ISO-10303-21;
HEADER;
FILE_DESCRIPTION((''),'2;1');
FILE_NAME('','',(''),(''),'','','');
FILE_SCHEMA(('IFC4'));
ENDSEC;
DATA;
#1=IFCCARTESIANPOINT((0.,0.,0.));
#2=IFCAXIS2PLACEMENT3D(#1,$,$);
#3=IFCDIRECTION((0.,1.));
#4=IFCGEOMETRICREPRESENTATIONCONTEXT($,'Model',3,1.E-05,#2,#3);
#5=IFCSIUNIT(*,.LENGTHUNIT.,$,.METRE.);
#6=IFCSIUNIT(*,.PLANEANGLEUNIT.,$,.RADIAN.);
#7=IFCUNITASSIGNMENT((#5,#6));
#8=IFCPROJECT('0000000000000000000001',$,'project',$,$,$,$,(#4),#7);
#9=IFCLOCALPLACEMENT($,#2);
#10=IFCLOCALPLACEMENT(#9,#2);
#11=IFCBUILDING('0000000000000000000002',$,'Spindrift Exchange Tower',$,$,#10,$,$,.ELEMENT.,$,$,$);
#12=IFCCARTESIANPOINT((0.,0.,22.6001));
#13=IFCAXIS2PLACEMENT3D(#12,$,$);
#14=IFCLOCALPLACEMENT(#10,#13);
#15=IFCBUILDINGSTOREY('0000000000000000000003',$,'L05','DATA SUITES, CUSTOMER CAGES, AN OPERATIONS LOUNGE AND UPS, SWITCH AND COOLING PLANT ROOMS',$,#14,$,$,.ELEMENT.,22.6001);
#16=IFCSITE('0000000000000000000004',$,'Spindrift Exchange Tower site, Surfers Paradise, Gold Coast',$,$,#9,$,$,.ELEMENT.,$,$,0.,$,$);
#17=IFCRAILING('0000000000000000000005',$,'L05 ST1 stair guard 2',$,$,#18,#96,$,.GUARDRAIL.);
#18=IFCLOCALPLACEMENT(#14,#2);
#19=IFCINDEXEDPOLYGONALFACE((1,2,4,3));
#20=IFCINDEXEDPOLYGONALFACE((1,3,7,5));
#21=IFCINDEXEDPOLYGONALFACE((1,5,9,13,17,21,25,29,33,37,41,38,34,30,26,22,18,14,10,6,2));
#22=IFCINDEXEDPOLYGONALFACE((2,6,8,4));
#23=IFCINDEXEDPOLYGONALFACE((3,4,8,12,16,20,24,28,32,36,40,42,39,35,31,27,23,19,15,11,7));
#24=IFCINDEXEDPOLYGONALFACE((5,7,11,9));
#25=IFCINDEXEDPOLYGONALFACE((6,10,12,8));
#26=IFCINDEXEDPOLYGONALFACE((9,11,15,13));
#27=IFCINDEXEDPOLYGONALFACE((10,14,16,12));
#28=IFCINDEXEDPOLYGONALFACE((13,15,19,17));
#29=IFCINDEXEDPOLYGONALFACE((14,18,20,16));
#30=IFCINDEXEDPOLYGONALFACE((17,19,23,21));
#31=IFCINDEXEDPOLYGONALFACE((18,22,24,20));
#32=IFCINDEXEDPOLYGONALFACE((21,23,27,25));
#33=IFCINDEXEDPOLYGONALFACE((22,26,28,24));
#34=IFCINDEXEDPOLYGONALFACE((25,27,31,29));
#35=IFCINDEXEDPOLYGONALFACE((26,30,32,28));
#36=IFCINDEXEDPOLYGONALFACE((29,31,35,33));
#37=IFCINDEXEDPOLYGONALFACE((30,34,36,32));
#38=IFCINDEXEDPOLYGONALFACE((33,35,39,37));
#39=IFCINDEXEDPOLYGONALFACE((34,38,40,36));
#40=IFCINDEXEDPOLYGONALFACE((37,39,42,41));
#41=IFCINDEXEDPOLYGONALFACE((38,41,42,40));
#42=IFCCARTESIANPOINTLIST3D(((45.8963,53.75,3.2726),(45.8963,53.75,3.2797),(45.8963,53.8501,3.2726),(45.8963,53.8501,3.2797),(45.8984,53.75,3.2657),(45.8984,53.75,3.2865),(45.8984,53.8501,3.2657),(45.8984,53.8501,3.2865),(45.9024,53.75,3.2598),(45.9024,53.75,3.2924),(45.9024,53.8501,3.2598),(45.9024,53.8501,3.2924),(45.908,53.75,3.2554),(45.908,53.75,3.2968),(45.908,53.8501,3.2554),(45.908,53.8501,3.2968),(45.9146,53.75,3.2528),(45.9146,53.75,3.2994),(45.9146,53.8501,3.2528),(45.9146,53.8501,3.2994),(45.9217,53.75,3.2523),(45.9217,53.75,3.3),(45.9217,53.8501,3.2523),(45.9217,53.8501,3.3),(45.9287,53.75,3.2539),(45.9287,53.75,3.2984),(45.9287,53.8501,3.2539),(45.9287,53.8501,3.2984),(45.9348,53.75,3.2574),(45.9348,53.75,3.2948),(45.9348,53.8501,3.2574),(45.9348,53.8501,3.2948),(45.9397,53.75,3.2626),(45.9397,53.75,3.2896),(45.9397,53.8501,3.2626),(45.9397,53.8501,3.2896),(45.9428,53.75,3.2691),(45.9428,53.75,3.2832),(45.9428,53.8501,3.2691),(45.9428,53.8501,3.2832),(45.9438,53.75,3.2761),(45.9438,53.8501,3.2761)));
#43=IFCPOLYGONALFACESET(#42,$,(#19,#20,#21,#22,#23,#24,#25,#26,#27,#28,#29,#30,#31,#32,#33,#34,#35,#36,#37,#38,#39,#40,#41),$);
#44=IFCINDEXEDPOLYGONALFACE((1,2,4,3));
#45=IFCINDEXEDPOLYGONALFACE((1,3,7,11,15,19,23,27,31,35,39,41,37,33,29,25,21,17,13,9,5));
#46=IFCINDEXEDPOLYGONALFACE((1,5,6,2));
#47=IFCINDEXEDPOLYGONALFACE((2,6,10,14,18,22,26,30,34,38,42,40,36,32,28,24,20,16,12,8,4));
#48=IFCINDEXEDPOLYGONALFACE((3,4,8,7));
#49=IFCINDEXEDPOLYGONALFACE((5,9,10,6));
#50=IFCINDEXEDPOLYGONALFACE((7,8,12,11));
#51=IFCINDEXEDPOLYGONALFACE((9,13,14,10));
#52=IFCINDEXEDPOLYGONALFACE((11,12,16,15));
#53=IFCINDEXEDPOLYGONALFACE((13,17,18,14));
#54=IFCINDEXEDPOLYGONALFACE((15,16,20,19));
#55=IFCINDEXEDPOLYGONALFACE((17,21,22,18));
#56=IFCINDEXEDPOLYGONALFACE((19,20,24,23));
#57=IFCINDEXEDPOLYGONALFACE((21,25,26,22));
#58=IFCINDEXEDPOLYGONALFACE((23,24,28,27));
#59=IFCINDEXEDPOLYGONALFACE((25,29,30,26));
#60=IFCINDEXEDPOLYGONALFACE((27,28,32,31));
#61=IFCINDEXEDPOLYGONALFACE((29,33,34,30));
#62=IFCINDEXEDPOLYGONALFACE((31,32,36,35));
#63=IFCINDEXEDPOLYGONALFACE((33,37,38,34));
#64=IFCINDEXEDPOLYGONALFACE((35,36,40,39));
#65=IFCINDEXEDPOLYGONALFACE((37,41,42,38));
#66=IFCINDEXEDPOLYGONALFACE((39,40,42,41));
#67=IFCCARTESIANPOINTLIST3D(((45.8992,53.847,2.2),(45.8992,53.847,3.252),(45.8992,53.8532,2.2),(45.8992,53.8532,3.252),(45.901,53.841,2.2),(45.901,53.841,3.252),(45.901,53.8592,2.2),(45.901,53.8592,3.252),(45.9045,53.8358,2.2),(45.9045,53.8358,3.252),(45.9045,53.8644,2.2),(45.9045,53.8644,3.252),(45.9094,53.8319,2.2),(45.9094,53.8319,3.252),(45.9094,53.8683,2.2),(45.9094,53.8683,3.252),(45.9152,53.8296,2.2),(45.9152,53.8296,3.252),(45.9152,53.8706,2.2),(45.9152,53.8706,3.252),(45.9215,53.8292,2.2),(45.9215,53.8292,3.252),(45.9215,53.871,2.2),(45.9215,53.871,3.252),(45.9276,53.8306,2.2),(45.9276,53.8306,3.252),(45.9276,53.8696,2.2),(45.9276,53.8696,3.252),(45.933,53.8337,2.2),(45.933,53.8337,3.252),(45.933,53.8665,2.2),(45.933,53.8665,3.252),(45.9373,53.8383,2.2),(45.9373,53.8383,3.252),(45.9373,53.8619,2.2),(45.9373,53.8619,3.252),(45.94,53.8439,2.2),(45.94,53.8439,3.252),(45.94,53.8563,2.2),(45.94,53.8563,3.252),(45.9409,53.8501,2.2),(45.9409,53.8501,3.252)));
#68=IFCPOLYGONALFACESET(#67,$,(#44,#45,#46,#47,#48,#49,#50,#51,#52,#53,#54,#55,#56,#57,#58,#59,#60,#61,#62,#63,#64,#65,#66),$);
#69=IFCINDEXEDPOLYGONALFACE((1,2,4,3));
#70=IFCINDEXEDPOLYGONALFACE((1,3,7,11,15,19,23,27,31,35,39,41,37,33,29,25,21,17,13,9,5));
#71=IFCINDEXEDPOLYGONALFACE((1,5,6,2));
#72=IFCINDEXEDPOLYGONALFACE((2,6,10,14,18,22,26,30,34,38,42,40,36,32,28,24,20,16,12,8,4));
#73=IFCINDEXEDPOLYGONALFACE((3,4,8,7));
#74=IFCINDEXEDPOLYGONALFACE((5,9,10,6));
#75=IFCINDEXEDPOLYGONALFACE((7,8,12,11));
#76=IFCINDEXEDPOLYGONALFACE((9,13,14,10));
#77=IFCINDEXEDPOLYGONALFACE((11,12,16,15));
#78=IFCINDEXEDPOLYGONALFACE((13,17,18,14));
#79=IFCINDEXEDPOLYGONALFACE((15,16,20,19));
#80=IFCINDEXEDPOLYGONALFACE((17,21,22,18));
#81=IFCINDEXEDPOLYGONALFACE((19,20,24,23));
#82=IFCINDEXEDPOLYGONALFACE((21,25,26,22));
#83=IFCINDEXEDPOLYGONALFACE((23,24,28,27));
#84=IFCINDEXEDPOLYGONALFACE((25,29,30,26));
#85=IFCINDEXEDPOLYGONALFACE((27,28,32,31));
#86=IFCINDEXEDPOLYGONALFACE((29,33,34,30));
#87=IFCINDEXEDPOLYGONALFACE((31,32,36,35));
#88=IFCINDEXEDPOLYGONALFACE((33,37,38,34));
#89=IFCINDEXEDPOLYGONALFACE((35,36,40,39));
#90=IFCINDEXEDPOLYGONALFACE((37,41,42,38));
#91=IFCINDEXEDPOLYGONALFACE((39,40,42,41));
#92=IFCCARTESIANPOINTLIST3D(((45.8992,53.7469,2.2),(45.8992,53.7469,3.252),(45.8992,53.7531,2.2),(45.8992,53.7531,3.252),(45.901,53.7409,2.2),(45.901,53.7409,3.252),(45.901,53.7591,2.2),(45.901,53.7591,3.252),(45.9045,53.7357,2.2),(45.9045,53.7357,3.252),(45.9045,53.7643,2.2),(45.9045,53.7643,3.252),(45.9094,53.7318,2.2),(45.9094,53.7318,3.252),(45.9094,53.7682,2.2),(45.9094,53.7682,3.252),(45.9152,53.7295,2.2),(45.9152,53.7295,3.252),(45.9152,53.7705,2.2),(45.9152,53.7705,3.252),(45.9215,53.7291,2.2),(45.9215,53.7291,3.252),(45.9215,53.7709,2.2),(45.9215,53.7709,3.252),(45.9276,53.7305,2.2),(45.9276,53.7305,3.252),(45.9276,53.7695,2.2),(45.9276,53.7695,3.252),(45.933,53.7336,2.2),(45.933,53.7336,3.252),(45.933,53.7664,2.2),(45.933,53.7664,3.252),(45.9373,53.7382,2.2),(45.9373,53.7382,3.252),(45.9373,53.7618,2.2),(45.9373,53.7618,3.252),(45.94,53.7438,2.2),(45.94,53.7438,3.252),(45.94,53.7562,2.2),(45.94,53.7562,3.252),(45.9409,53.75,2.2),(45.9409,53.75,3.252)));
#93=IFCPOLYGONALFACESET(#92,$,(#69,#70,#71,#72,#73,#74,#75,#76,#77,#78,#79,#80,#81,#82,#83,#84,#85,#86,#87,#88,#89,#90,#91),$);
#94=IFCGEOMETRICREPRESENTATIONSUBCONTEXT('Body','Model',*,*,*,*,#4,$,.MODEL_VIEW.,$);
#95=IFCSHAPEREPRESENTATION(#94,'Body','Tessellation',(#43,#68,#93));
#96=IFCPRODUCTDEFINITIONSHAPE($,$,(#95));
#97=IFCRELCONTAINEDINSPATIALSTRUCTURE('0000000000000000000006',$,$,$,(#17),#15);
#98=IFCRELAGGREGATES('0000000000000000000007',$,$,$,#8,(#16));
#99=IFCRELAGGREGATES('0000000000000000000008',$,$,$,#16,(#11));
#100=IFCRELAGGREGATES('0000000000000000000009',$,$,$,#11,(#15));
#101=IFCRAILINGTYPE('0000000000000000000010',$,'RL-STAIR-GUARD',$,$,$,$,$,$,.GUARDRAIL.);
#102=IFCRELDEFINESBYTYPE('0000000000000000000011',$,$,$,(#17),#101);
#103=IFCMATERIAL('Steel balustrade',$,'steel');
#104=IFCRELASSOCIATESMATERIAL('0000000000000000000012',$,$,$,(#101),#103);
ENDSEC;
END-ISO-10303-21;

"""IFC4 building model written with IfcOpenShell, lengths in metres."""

from ifc_helpers import new_model, si_unit, direction, frame, origin, origin_2d, place, context, subcontext, project, spatial, circle, extrude, material, type_object, element, save


model = new_model("IFC4")

# Units and contexts
model_context = context("Model", 3, precision=1e-05, world=origin(), true_north=direction((0.0, 1.0)))
body_context = subcontext(model_context, "Body", "Model", "MODEL_VIEW")
ifc_project = project(units=[si_unit("LENGTHUNIT", "METRE"), si_unit("PLANEANGLEUNIT", "RADIAN")], contexts=[model_context])

# Site, building, storey
site_placement = place(None, origin())
site = spatial("IfcSite", under=ifc_project, at=site_placement, Name="Spindrift Exchange Tower site, Surfers Paradise, Gold Coast", CompositionType="ELEMENT", RefElevation=0.0)
building_placement = place(site_placement, origin())
building = spatial("IfcBuilding", under=site, at=building_placement, Name="Spindrift Exchange Tower", CompositionType="ELEMENT")
storey_placement = place(building_placement, frame((0.0, 0.0, 22.6001)))
storey = spatial("IfcBuildingStorey", under=building, at=storey_placement, Name="L05", Description="DATA SUITES, CUSTOMER CAGES, AN OPERATIONS LOUNGE AND UPS, SWITCH AND COOLING PLANT ROOMS", CompositionType="ELEMENT", Elevation=22.6001)

# Railing
ifc_material_1 = material(Name="Steel balustrade", Category="steel")
railing_type_1 = type_object("IfcRailingType", Name="RL-STAIR-GUARD", PredefinedType="GUARDRAIL", material=ifc_material_1)
railing_1_placement = place(storey_placement, frame((45.9199, 53.8501, 2.2)))
element("IfcRailing", 1, at=railing_1_placement, inside=storey, type_object=railing_type_1, Name="L05 ST1 stair guard 2", PredefinedType="GUARDRAIL", context=body_context, shape_type="SweptSolid", body=[
    extrude(circle(Radius=0.0239, at=origin_2d()), frame((0.0, 0.0, 1.0762), z_axis=(0.0, -1.0, 0.0), x_axis=(1.0, 0.0, 0.0)), (0.0, 0.0, 1.0), 0.1001),
    extrude(circle(Radius=0.021, at=origin_2d()), origin(), (0.0, 0.0, 1.0), 1.052),
    extrude(circle(Radius=0.021, at=origin_2d()), frame((0.0, -0.1001, 0.0)), (0.0, 0.0, 1.0), 1.052),
])

save(model, "model.ifc")
